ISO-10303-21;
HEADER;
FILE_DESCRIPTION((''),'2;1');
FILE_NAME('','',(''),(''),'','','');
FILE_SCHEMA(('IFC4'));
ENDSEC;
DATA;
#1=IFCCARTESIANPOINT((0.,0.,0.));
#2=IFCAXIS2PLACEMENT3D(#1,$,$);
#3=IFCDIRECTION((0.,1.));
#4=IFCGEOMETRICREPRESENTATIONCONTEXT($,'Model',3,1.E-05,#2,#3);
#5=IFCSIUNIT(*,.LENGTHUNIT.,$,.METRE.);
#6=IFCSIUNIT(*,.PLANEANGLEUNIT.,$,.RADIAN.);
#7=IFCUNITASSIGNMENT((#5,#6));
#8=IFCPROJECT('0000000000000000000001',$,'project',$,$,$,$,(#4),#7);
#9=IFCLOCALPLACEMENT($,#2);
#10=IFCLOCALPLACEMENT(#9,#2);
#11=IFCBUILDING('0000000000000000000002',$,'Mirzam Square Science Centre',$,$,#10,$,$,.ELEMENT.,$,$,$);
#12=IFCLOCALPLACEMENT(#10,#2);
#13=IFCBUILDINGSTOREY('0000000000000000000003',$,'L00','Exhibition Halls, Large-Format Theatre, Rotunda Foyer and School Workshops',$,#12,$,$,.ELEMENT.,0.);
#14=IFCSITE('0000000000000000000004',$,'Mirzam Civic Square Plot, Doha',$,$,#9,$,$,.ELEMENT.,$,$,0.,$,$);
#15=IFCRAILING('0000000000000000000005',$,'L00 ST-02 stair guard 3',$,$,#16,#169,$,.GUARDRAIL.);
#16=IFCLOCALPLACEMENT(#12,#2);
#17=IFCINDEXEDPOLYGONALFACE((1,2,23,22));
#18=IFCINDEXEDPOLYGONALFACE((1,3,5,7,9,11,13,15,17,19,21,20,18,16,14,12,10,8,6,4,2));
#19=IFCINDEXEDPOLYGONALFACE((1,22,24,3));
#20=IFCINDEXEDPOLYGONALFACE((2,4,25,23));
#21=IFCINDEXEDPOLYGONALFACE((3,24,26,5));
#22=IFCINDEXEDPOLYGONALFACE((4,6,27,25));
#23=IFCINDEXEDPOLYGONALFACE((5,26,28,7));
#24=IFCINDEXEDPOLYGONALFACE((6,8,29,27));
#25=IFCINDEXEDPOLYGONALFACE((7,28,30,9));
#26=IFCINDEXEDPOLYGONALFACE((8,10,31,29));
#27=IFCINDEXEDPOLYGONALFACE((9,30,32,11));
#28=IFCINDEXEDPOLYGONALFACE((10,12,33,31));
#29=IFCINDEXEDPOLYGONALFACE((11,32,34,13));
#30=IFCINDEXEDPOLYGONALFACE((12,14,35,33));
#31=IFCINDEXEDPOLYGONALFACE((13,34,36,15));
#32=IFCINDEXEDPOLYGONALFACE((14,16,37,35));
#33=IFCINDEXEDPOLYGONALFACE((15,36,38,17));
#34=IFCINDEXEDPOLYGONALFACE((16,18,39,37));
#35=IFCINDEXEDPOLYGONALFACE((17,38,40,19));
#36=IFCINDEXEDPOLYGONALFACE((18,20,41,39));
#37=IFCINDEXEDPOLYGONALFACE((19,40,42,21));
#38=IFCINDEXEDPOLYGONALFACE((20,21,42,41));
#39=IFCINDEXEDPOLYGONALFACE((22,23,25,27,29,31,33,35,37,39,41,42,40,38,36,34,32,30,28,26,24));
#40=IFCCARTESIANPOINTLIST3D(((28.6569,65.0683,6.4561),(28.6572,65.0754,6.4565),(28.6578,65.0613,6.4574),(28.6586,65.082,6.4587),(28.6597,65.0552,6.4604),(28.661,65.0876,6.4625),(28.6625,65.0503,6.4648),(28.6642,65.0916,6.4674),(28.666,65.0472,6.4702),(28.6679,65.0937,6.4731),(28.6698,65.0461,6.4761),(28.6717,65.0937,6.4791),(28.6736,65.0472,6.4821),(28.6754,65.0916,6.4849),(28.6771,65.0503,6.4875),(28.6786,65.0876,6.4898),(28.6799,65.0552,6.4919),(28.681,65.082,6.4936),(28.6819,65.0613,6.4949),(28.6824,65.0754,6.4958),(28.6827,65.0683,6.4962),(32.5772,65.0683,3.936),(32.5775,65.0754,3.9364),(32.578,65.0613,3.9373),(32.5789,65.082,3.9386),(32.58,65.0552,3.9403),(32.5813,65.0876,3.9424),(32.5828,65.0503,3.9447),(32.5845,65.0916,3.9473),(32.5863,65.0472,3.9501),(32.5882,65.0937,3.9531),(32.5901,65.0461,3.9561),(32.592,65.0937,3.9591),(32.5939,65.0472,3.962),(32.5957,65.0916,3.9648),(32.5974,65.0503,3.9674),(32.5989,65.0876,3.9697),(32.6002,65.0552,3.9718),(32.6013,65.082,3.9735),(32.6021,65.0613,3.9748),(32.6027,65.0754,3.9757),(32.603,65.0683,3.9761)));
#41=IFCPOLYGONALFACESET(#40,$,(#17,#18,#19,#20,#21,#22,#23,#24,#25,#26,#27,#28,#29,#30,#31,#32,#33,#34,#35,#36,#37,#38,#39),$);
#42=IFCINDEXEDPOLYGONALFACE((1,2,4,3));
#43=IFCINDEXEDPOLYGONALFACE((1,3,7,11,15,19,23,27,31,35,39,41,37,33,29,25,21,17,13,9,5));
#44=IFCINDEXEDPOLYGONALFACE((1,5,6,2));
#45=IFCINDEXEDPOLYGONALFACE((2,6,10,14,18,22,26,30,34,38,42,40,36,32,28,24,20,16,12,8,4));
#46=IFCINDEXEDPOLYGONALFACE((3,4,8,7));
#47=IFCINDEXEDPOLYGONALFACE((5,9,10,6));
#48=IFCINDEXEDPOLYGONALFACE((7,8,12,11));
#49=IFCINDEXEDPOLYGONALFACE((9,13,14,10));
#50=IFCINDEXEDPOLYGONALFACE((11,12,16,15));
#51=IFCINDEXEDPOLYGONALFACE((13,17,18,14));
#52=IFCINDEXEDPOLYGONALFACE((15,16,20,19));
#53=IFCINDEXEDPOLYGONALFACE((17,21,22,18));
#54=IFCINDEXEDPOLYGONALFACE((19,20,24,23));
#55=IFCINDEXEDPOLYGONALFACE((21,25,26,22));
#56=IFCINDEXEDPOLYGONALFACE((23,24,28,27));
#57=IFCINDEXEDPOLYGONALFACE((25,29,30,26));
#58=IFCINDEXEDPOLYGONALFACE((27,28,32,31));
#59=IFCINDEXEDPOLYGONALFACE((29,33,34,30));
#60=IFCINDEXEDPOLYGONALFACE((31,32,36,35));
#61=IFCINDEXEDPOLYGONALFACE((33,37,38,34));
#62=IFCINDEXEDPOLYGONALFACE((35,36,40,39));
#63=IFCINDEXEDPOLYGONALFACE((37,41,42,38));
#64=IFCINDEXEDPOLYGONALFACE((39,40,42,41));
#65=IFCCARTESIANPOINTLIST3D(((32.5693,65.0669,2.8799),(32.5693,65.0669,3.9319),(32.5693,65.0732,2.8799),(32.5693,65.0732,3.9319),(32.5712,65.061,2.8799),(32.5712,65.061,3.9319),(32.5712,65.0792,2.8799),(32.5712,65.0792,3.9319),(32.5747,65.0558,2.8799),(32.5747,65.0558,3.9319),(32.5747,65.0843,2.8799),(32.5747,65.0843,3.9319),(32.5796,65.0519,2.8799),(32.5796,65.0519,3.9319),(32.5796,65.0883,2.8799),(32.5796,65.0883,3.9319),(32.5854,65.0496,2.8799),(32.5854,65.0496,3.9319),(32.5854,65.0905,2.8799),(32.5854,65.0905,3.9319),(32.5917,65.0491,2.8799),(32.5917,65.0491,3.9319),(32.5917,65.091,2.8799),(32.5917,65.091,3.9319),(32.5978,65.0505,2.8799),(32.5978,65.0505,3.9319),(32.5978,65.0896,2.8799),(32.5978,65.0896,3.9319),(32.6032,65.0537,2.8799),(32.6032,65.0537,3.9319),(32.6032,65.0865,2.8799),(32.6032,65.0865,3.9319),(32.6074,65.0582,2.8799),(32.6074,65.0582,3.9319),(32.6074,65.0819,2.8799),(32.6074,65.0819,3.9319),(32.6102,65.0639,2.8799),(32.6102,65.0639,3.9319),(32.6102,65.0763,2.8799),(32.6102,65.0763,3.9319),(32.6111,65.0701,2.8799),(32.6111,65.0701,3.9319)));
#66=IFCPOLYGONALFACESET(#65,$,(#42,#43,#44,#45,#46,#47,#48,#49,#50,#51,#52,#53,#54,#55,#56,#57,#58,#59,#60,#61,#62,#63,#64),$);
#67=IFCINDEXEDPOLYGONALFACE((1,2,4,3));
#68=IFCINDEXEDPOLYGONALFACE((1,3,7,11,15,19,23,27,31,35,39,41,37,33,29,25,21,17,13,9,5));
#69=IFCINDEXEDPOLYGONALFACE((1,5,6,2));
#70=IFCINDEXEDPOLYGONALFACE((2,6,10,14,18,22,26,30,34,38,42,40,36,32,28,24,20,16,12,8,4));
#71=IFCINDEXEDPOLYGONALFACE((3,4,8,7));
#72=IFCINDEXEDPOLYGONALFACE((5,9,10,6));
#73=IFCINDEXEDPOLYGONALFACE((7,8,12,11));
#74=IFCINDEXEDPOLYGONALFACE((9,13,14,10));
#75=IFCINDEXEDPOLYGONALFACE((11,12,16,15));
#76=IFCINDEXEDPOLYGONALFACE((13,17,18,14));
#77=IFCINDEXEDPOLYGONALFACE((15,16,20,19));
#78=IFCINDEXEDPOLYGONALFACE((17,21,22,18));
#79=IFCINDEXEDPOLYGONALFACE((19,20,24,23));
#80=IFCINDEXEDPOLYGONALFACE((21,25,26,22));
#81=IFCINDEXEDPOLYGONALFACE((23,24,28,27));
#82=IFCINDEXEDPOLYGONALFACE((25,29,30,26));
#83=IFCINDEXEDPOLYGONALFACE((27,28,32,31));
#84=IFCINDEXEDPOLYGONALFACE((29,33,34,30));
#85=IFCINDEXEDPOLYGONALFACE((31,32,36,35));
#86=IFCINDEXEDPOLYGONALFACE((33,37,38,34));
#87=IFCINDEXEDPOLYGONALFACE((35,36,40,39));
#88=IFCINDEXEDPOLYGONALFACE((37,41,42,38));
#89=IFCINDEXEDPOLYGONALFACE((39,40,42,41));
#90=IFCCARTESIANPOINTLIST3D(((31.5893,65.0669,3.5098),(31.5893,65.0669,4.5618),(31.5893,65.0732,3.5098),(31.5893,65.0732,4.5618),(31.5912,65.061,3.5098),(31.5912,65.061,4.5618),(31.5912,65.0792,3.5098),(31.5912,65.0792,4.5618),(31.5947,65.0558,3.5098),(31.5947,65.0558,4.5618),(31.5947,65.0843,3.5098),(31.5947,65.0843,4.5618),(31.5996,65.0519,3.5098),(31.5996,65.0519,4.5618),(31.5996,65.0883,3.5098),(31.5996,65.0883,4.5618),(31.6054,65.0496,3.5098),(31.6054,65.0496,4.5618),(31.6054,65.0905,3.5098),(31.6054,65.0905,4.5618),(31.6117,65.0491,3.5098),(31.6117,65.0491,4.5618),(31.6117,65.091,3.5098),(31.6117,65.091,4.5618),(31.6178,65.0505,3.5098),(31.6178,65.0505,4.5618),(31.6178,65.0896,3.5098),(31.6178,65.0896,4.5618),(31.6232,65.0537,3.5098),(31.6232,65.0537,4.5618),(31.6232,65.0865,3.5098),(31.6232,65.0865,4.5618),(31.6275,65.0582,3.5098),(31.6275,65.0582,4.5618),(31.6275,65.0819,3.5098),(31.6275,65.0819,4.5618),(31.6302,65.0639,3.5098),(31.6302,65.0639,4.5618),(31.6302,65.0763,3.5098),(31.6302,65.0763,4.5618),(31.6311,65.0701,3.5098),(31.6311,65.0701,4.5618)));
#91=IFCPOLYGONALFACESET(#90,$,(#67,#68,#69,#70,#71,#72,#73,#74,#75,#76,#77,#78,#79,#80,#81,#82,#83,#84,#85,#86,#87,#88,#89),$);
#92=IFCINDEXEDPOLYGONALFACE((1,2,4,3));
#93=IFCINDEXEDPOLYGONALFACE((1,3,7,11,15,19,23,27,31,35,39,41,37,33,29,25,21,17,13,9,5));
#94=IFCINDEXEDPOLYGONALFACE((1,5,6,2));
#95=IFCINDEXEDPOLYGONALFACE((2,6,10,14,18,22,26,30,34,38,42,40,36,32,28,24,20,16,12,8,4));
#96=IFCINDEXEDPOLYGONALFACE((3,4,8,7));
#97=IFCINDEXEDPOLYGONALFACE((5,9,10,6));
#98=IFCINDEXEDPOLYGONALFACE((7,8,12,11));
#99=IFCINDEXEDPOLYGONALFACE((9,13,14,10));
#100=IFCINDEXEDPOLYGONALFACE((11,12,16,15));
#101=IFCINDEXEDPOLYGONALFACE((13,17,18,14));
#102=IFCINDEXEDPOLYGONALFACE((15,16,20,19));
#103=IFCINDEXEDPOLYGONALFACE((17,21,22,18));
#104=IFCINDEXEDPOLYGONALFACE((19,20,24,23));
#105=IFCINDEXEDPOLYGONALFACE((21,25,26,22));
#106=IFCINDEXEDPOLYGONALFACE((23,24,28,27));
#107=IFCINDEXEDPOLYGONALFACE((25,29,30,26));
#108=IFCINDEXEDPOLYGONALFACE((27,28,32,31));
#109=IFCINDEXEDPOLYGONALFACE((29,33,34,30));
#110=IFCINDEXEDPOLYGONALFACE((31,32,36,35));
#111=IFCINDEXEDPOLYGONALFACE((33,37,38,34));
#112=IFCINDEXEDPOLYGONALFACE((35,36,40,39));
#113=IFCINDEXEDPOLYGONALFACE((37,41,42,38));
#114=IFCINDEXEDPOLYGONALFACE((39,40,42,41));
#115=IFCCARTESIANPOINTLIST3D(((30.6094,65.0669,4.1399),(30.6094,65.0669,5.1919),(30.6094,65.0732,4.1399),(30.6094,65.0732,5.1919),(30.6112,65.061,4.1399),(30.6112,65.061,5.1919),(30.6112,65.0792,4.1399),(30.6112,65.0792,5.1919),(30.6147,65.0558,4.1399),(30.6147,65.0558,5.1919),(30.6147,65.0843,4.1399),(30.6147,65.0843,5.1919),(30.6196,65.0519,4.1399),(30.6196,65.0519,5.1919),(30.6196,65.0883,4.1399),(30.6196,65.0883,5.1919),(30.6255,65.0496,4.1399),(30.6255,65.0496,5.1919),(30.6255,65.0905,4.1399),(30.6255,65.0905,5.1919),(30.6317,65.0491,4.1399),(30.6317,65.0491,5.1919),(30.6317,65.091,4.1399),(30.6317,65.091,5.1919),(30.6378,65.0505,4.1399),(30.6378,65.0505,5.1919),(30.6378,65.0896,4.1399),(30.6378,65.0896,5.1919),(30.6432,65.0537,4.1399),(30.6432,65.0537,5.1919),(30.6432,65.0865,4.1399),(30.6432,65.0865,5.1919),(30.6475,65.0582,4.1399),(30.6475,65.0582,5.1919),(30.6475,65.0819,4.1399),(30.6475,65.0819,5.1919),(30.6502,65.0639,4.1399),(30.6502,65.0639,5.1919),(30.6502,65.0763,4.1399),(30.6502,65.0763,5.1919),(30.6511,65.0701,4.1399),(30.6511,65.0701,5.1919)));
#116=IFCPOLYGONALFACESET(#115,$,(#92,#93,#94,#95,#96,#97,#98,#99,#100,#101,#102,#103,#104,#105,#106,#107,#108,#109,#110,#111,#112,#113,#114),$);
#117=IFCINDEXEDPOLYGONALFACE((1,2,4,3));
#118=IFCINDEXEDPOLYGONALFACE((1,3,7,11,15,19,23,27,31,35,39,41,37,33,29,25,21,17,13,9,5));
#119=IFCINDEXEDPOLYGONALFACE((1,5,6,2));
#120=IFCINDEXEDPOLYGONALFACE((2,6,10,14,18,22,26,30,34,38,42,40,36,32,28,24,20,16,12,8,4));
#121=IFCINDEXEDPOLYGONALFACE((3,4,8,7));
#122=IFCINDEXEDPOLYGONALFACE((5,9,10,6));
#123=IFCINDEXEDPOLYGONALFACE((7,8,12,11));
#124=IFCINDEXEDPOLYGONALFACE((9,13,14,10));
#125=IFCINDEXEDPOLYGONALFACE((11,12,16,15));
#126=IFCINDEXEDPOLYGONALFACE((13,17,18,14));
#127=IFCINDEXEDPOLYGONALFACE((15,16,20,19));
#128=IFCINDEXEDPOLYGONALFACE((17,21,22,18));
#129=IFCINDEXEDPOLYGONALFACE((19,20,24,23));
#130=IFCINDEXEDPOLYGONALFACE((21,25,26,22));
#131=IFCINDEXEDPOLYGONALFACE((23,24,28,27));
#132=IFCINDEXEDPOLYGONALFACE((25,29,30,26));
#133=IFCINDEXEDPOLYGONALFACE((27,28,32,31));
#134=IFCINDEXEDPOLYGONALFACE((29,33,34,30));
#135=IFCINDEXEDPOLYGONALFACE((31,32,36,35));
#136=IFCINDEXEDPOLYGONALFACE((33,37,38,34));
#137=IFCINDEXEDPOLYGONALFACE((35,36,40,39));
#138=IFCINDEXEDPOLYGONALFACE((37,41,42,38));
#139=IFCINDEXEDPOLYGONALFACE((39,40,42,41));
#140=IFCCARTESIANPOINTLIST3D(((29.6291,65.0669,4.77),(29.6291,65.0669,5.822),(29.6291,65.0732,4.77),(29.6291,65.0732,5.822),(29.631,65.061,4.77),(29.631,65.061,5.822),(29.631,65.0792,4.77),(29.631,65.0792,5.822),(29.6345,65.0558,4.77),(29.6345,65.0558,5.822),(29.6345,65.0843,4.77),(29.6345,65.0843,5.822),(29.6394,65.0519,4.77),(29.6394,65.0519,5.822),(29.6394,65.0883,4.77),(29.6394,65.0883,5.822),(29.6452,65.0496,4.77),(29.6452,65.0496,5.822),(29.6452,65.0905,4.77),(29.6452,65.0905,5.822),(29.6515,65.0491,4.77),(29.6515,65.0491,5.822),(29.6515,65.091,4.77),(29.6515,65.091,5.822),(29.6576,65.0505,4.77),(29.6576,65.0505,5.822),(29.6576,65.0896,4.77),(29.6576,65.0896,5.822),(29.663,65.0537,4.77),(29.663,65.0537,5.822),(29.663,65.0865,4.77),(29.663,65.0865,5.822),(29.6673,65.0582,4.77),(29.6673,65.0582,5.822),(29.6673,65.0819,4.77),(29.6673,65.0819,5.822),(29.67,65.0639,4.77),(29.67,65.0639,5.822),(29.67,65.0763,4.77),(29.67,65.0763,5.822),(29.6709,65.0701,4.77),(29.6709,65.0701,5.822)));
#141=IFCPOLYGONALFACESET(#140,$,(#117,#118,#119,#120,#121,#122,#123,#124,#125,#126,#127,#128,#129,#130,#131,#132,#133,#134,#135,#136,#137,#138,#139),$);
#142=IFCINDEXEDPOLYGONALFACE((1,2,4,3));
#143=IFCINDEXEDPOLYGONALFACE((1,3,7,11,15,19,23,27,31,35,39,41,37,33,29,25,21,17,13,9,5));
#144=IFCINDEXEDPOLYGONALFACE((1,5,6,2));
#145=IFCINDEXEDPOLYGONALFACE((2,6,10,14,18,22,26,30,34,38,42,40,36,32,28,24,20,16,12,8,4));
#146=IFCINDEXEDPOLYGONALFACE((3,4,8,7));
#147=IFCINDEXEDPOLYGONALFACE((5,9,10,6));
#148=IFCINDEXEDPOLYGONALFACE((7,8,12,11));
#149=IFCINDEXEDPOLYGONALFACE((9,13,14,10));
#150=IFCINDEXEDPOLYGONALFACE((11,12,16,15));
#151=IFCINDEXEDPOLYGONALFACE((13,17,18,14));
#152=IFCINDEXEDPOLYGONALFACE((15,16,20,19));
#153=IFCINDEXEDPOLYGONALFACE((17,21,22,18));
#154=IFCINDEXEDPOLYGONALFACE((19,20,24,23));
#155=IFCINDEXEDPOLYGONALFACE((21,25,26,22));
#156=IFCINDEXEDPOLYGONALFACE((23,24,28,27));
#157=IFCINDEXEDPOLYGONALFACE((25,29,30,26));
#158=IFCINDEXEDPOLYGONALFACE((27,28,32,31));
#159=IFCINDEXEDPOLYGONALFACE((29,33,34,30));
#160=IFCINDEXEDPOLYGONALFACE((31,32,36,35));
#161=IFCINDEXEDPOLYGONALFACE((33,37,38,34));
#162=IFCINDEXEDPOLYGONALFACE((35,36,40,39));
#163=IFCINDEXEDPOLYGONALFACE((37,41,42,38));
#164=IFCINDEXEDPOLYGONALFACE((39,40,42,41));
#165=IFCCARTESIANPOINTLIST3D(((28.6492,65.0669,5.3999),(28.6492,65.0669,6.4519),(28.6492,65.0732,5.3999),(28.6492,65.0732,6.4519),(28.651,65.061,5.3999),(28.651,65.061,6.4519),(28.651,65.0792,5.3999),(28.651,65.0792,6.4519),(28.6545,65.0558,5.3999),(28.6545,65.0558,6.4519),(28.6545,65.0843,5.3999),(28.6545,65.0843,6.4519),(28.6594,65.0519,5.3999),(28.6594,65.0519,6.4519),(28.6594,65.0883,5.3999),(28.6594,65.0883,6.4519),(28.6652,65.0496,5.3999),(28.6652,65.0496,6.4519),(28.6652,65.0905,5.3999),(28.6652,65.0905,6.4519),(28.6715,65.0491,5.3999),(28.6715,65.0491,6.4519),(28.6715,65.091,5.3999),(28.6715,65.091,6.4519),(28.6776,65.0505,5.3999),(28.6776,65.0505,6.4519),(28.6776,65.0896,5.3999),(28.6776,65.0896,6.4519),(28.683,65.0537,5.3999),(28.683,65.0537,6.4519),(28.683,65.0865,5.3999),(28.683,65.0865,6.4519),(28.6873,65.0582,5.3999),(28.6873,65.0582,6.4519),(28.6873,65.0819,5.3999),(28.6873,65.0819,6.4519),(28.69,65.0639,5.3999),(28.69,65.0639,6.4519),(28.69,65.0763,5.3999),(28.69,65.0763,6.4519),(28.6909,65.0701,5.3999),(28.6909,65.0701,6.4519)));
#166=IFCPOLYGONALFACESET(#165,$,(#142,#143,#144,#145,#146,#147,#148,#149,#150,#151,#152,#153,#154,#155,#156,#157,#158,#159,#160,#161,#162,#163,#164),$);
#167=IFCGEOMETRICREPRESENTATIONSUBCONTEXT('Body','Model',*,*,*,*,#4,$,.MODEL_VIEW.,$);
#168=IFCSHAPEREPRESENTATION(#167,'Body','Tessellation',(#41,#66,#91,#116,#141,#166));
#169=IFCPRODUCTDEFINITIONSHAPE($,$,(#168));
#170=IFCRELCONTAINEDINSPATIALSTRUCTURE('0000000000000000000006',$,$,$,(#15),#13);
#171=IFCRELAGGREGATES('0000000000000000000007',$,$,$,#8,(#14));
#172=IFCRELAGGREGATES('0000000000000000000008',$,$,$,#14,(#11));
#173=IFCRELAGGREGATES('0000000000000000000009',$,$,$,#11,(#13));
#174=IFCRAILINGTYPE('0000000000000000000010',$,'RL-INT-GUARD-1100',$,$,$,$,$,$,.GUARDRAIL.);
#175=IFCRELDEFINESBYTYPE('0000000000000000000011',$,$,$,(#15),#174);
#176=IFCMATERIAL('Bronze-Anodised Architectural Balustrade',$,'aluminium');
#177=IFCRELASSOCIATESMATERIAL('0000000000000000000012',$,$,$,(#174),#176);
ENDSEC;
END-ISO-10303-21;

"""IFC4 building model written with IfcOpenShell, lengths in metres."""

from ifc_helpers import new_model, si_unit, direction, frame, origin, origin_2d, place, context, subcontext, project, spatial, circle, extrude, material, type_object, element, save


model = new_model("IFC4")

# Units and contexts
model_context = context("Model", 3, precision=1e-05, world=origin(), true_north=direction((0.0, 1.0)))
body_context = subcontext(model_context, "Body", "Model", "MODEL_VIEW")
ifc_project = project(units=[si_unit("LENGTHUNIT", "METRE"), si_unit("PLANEANGLEUNIT", "RADIAN")], contexts=[model_context])

# Site, building, storey
site_placement = place(None, origin())
site = spatial("IfcSite", under=ifc_project, at=site_placement, Name="Mirzam Civic Square Plot, Doha", CompositionType="ELEMENT", RefElevation=0.0)
building_placement = place(site_placement, origin())
building = spatial("IfcBuilding", under=site, at=building_placement, Name="Mirzam Square Science Centre", CompositionType="ELEMENT")
storey_placement = place(building_placement, origin())
storey = spatial("IfcBuildingStorey", under=building, at=storey_placement, Name="L00", Description="Exhibition Halls, Large-Format Theatre, Rotunda Foyer and School Workshops", CompositionType="ELEMENT", Elevation=0.0)

# Railing
ifc_material_1 = material(Name="Bronze-Anodised Architectural Balustrade", Category="aluminium")
railing_type_1 = type_object("IfcRailingType", Name="RL-INT-GUARD-1100", PredefinedType="GUARDRAIL", material=ifc_material_1)
railing_1_placement = place(storey_placement, frame((32.5901, 65.0701, 2.8799)))
element("IfcRailing", 1, at=railing_1_placement, inside=storey, type_object=railing_type_1, Name="L00 ST-02 stair guard 3", PredefinedType="GUARDRAIL", context=body_context, shape_type="SweptSolid", body=[
    extrude(circle(Radius=0.0239, at=origin_2d()), frame((0.0, 0.0, 1.0762), z_axis=(-0.841187, 0.0, 0.540744), x_axis=(0.0, -1.0, 0.0)), (0.0, 0.0, 1.0), 4.6604),
    extrude(circle(Radius=0.021, at=origin_2d()), origin(), (0.0, 0.0, 1.0), 1.052),
    extrude(circle(Radius=0.021, at=origin_2d()), frame((-0.98, 0.0, 0.6299)), (0.0, 0.0, 1.0), 1.052),
    extrude(circle(Radius=0.021, at=origin_2d()), frame((-1.96, 0.0, 1.26)), (0.0, 0.0, 1.0), 1.052),
    extrude(circle(Radius=0.021, at=origin_2d()), frame((-2.9402, 0.0, 1.8901)), (0.0, 0.0, 1.0), 1.052),
    extrude(circle(Radius=0.021, at=origin_2d()), frame((-3.9202, 0.0, 2.52)), (0.0, 0.0, 1.0), 1.052),
])

save(model, "model.ifc")
